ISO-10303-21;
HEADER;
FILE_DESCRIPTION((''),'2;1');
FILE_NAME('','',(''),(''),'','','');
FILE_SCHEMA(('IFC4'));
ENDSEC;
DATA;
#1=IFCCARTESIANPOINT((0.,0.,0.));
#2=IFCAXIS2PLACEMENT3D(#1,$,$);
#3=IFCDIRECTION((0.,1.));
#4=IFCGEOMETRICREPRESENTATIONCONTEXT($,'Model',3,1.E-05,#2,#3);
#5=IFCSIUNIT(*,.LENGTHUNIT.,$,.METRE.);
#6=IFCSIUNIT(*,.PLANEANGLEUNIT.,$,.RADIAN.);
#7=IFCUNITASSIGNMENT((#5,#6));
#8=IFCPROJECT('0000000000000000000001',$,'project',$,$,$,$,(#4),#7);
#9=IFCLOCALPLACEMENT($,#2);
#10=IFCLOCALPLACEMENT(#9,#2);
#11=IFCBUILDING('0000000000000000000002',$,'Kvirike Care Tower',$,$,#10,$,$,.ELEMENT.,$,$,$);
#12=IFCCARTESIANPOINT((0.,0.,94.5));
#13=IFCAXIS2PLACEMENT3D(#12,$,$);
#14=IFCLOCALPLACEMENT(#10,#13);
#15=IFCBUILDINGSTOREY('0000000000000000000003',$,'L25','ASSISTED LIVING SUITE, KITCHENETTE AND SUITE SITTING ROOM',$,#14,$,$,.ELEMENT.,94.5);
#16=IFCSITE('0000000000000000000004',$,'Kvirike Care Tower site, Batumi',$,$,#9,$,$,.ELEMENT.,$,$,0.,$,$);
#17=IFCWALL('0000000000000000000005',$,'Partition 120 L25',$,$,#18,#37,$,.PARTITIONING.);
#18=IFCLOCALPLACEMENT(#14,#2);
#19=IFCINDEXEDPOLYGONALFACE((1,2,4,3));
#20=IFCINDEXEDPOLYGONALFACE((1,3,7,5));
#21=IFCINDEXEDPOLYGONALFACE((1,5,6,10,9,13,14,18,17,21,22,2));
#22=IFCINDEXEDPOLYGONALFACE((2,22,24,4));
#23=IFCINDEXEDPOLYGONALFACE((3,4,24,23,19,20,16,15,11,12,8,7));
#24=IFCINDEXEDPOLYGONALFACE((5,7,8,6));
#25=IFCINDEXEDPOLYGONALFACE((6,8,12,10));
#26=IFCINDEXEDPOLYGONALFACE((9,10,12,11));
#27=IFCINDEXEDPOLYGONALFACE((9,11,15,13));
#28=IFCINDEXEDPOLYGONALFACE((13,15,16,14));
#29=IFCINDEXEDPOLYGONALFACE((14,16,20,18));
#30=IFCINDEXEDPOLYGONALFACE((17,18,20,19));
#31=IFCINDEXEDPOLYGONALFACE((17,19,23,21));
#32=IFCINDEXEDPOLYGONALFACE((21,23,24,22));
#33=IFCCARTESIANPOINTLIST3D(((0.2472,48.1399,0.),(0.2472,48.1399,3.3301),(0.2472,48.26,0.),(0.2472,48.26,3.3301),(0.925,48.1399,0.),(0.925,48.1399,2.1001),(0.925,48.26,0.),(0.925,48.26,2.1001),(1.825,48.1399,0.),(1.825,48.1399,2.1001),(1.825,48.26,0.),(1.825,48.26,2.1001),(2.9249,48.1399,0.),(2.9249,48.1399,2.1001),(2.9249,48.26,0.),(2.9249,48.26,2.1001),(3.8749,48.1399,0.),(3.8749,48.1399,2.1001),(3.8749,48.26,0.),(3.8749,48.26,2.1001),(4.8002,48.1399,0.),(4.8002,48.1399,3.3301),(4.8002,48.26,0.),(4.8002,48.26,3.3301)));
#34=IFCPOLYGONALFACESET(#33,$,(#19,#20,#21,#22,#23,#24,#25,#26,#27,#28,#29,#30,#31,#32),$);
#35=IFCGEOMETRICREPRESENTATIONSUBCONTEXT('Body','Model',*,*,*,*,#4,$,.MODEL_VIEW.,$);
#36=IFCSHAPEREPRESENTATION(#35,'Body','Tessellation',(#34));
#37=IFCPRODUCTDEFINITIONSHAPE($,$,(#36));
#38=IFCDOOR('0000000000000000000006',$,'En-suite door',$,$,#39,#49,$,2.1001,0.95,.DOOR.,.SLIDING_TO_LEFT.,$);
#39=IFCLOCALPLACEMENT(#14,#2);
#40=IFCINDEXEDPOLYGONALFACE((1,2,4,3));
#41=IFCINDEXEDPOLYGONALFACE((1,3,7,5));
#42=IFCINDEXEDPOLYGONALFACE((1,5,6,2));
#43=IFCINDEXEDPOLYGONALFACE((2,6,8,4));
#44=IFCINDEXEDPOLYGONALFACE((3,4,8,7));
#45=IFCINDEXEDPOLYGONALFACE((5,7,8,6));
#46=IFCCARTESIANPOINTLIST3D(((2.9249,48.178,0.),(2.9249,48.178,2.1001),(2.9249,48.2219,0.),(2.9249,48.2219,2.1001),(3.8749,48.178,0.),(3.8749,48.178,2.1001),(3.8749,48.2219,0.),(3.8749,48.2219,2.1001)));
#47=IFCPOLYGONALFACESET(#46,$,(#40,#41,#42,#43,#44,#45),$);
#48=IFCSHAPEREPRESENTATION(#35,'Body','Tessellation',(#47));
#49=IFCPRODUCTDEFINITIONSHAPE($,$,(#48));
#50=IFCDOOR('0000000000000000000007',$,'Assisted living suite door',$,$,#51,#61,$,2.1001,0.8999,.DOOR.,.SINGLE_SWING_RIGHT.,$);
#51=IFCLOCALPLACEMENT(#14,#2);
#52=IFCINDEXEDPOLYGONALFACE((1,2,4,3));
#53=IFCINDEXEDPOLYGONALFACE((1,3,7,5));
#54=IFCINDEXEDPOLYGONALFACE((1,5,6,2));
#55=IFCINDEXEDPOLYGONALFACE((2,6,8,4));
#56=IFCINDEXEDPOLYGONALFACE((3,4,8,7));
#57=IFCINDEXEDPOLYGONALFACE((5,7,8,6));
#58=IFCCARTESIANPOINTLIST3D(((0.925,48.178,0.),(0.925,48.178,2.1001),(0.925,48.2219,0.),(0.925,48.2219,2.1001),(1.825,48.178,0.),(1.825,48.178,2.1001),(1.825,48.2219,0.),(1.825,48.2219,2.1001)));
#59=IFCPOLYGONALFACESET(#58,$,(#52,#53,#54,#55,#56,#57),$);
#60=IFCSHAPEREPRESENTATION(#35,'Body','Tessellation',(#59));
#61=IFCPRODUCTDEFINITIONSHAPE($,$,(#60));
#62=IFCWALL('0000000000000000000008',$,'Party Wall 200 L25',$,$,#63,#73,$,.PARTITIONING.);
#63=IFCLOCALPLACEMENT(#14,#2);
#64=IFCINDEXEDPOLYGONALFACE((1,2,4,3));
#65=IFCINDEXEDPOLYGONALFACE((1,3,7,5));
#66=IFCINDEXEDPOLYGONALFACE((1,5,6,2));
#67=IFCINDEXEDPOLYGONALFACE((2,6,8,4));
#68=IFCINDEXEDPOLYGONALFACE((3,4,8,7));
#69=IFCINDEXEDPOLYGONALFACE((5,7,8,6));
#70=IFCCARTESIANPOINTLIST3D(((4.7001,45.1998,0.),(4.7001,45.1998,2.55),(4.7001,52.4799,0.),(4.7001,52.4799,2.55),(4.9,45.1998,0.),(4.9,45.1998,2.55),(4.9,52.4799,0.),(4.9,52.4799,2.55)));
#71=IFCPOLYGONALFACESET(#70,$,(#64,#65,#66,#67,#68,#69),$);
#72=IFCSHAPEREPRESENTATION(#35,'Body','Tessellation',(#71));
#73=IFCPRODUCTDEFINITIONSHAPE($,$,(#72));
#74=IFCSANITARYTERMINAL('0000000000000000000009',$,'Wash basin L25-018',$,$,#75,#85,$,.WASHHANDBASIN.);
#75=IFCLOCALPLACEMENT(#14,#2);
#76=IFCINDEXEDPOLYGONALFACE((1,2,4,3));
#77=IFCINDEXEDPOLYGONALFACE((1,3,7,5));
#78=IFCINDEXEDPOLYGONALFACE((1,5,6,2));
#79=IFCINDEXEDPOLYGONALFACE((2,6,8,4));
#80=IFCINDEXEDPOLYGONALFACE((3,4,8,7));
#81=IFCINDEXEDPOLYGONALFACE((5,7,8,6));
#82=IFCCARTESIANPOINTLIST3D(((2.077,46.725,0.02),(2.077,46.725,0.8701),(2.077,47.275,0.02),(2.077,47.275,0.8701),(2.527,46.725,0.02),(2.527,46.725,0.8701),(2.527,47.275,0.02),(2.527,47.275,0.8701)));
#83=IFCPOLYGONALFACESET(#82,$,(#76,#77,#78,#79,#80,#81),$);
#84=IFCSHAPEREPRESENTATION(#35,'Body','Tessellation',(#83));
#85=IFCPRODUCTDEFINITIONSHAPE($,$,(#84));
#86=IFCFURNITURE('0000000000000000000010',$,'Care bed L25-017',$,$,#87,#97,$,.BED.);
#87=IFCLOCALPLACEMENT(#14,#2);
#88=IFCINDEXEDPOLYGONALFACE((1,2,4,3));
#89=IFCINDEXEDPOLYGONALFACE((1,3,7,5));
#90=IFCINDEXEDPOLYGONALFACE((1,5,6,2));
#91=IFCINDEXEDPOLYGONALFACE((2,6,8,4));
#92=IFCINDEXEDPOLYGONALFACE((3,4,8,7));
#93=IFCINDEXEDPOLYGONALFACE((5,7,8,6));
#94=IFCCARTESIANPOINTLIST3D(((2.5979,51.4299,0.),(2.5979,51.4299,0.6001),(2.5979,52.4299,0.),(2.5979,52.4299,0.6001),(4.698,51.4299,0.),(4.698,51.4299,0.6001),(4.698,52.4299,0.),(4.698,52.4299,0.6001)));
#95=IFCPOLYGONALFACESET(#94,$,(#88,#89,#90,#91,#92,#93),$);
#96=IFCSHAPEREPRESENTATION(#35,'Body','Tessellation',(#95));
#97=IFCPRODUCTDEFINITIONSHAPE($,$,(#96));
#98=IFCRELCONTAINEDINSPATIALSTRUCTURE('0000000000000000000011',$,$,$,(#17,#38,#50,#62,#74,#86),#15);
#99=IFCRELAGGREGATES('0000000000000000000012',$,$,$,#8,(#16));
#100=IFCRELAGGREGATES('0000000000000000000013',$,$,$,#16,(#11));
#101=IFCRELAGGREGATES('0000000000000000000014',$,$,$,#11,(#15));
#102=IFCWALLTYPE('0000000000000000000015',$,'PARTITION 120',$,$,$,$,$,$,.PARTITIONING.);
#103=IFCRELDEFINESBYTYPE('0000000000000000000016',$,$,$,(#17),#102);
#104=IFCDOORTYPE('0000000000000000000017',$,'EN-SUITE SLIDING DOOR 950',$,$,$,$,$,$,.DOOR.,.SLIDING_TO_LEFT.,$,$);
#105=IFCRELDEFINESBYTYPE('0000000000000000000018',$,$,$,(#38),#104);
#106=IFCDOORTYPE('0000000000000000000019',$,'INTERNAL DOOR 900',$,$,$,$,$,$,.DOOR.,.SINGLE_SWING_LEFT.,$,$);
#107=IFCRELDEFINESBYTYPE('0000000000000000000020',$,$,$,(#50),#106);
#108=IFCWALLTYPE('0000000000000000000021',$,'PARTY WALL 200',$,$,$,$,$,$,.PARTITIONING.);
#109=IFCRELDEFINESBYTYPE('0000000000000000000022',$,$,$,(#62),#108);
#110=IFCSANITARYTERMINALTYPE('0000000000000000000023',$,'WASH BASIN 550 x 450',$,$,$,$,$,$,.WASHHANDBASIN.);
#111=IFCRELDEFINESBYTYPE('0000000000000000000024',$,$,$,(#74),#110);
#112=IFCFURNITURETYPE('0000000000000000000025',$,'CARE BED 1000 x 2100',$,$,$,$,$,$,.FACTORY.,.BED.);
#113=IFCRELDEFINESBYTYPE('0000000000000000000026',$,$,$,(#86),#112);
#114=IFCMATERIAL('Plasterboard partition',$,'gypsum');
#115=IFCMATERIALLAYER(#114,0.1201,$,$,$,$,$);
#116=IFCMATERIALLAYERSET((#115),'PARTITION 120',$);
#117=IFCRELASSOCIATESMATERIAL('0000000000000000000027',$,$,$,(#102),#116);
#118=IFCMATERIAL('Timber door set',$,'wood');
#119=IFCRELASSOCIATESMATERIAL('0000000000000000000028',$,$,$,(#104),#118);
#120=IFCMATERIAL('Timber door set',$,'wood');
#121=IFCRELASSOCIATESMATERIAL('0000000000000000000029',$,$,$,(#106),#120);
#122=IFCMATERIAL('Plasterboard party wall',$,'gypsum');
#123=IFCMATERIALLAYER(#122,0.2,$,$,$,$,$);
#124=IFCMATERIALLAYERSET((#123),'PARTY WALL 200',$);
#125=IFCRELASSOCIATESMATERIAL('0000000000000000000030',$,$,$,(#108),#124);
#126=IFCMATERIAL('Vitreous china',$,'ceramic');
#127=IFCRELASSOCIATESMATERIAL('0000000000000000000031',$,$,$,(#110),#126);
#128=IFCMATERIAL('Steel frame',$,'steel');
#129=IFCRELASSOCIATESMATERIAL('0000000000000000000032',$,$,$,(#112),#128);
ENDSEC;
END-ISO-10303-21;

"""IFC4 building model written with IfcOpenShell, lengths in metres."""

from ifc_helpers import new_model, si_unit, direction, frame, frame_2d, origin, origin_2d, place, context, subcontext, project, spatial, rectangle, extrude, material, layer, layer_set, type_object, element, fill, save


model = new_model("IFC4")

# Units and contexts
model_context = context("Model", 3, precision=1e-05, world=origin(), true_north=direction((0.0, 1.0)))
body_context = subcontext(model_context, "Body", "Model", "MODEL_VIEW")
ifc_project = project(units=[si_unit("LENGTHUNIT", "METRE"), si_unit("PLANEANGLEUNIT", "RADIAN")], contexts=[model_context])

# Site, building, storey
site_placement = place(None, origin())
site = spatial("IfcSite", under=ifc_project, at=site_placement, Name="Kvirike Care Tower site, Batumi", CompositionType="ELEMENT", RefElevation=0.0)
building_placement = place(site_placement, origin())
building = spatial("IfcBuilding", under=site, at=building_placement, Name="Kvirike Care Tower", CompositionType="ELEMENT")
storey_placement = place(building_placement, frame((0.0, 0.0, 94.5)))
storey = spatial("IfcBuildingStorey", under=building, at=storey_placement, Name="L25", Description="ASSISTED LIVING SUITE, KITCHENETTE AND SUITE SITTING ROOM", CompositionType="ELEMENT", Elevation=94.5)

# Wall, openings, doors
ifc_material_1 = material(Name="Plasterboard partition", Category="gypsum")
ifc_layer_1 = layer(ifc_material_1, 0.1201)
ifc_layer_set_1 = layer_set([ifc_layer_1], Name="PARTITION 120")
wall_type_1 = type_object("IfcWallType", Name="PARTITION 120", PredefinedType="PARTITIONING", material=ifc_layer_set_1)
wall_1_placement = place(storey_placement, frame((4.8, 48.2, 0.0), z_axis=(0.0, 0.0, 1.0), x_axis=(-1.0, 0.0, 0.0)))
wall_1 = element("IfcWall", 1, at=wall_1_placement, inside=storey, type_object=wall_type_1, Name="Partition 120 L25", PredefinedType="PARTITIONING", context=body_context, shape_type="SweptSolid", body=[
    extrude(rectangle(XDim=4.553, YDim=0.1201, at=frame_2d((2.2764, 0.0))), origin(), (0.0, 0.0, 1.0), 3.3301),
])
opening_1_placement = place(wall_1_placement, frame((2.9751, 0.0, 0.0)))
opening_1 = element("IfcOpeningElement", 2, at=opening_1_placement, cuts=wall_1, PredefinedType="OPENING", context=body_context, shape_type="SweptSolid", body=[
    extrude(rectangle(XDim=0.8999, YDim=2.1001, at=frame_2d((0.45, 1.05))), frame((0.0, 0.0706, 0.0), z_axis=(0.0, -1.0, 0.0), x_axis=(1.0, 0.0, 0.0)), (0.0, 0.0, 1.0), 0.1411),
])
opening_2_placement = place(wall_1_placement, frame((0.925, 0.0, 0.0)))
opening_2 = element("IfcOpeningElement", 3, at=opening_2_placement, cuts=wall_1, PredefinedType="OPENING", context=body_context, shape_type="SweptSolid", body=[
    extrude(rectangle(XDim=0.95, YDim=2.1001, at=frame_2d((0.4751, 1.05))), frame((0.0, 0.0706, 0.0), z_axis=(0.0, -1.0, 0.0), x_axis=(1.0, 0.0, 0.0)), (0.0, 0.0, 1.0), 0.1411),
])
ifc_material_2 = material(Name="Timber door set", Category="wood")
door_type_1 = type_object("IfcDoorType", Name="EN-SUITE SLIDING DOOR 950", OperationType="SLIDING_TO_LEFT", PredefinedType="DOOR", material=ifc_material_2)
door_1_placement = place(opening_2_placement, origin())
door_1 = element("IfcDoor", 4, at=door_1_placement, inside=storey, type_object=door_type_1, Name="En-suite door", OperationType="SLIDING_TO_LEFT", OverallHeight=2.1001, OverallWidth=0.95, PredefinedType="DOOR", context=body_context, shape_type="SweptSolid", body=[
    extrude(rectangle(XDim=0.95, YDim=2.1001, at=frame_2d((0.4751, 1.05))), frame((0.0, 0.022, 0.0), z_axis=(0.0, -1.0, 0.0), x_axis=(1.0, 0.0, 0.0)), (0.0, 0.0, 1.0), 0.0439),
])
fill(opening_2, door_1)
ifc_material_3 = material(Name="Timber door set", Category="wood")
door_type_2 = type_object("IfcDoorType", Name="INTERNAL DOOR 900", OperationType="SINGLE_SWING_LEFT", PredefinedType="DOOR", material=ifc_material_3)
door_2_placement = place(opening_1_placement, origin())
door_2 = element("IfcDoor", 5, at=door_2_placement, inside=storey, type_object=door_type_2, Name="Assisted living suite door", OperationType="SINGLE_SWING_RIGHT", OverallHeight=2.1001, OverallWidth=0.8999, PredefinedType="DOOR", context=body_context, shape_type="SweptSolid", body=[
    extrude(rectangle(XDim=0.8999, YDim=2.1001, at=frame_2d((0.45, 1.05))), frame((0.0, 0.022, 0.0), z_axis=(0.0, -1.0, 0.0), x_axis=(1.0, 0.0, 0.0)), (0.0, 0.0, 1.0), 0.0439),
])
fill(opening_1, door_2)

# Wall
ifc_material_4 = material(Name="Plasterboard party wall", Category="gypsum")
ifc_layer_2 = layer(ifc_material_4, 0.2)
ifc_layer_set_2 = layer_set([ifc_layer_2], Name="PARTY WALL 200")
wall_type_2 = type_object("IfcWallType", Name="PARTY WALL 200", PredefinedType="PARTITIONING", material=ifc_layer_set_2)
wall_2_placement = place(storey_placement, frame((4.8, 52.48, 0.0), z_axis=(0.0, 0.0, 1.0), x_axis=(0.0, -1.0, 0.0)))
element("IfcWall", 6, at=wall_2_placement, inside=storey, type_object=wall_type_2, Name="Party Wall 200 L25", PredefinedType="PARTITIONING", context=body_context, shape_type="SweptSolid", body=[
    extrude(rectangle(XDim=7.28, YDim=0.2, at=frame_2d((3.6401, 0.0))), origin(), (0.0, 0.0, 1.0), 2.55),
])

# Sanitary terminal
ifc_material_5 = material(Name="Vitreous china", Category="ceramic")
sanitary_terminal_type = type_object("IfcSanitaryTerminalType", Name="WASH BASIN 550 x 450", PredefinedType="WASHHANDBASIN", material=ifc_material_5)
sanitary_terminal_placement = place(storey_placement, frame((2.302, 47.0, 0.02), z_axis=(0.0, 0.0, 1.0), x_axis=(0.0, 1.0, 0.0)))
element("IfcSanitaryTerminal", 7, at=sanitary_terminal_placement, inside=storey, type_object=sanitary_terminal_type, Name="Wash basin L25-018", PredefinedType="WASHHANDBASIN", context=body_context, shape_type="SweptSolid", body=[
    extrude(rectangle(XDim=0.55, YDim=0.45, at=origin_2d()), origin(), (0.0, 0.0, 1.0), 0.8501),
])

# Furniture
ifc_material_6 = material(Name="Steel frame", Category="steel")
furniture_type = type_object("IfcFurnitureType", Name="CARE BED 1000 x 2100", AssemblyPlace="FACTORY", PredefinedType="BED", material=ifc_material_6)
furniture_placement = place(storey_placement, frame((3.6479, 51.9299, 0.0), z_axis=(0.0, 0.0, 1.0), x_axis=(0.0, -1.0, 0.0)))
element("IfcFurniture", 8, at=furniture_placement, inside=storey, type_object=furniture_type, Name="Care bed L25-017", PredefinedType="BED", context=body_context, shape_type="SweptSolid", body=[
    extrude(rectangle(XDim=1.0, YDim=2.1001, at=origin_2d()), origin(), (0.0, 0.0, 1.0), 0.6001),
])

save(model, "model.ifc")
